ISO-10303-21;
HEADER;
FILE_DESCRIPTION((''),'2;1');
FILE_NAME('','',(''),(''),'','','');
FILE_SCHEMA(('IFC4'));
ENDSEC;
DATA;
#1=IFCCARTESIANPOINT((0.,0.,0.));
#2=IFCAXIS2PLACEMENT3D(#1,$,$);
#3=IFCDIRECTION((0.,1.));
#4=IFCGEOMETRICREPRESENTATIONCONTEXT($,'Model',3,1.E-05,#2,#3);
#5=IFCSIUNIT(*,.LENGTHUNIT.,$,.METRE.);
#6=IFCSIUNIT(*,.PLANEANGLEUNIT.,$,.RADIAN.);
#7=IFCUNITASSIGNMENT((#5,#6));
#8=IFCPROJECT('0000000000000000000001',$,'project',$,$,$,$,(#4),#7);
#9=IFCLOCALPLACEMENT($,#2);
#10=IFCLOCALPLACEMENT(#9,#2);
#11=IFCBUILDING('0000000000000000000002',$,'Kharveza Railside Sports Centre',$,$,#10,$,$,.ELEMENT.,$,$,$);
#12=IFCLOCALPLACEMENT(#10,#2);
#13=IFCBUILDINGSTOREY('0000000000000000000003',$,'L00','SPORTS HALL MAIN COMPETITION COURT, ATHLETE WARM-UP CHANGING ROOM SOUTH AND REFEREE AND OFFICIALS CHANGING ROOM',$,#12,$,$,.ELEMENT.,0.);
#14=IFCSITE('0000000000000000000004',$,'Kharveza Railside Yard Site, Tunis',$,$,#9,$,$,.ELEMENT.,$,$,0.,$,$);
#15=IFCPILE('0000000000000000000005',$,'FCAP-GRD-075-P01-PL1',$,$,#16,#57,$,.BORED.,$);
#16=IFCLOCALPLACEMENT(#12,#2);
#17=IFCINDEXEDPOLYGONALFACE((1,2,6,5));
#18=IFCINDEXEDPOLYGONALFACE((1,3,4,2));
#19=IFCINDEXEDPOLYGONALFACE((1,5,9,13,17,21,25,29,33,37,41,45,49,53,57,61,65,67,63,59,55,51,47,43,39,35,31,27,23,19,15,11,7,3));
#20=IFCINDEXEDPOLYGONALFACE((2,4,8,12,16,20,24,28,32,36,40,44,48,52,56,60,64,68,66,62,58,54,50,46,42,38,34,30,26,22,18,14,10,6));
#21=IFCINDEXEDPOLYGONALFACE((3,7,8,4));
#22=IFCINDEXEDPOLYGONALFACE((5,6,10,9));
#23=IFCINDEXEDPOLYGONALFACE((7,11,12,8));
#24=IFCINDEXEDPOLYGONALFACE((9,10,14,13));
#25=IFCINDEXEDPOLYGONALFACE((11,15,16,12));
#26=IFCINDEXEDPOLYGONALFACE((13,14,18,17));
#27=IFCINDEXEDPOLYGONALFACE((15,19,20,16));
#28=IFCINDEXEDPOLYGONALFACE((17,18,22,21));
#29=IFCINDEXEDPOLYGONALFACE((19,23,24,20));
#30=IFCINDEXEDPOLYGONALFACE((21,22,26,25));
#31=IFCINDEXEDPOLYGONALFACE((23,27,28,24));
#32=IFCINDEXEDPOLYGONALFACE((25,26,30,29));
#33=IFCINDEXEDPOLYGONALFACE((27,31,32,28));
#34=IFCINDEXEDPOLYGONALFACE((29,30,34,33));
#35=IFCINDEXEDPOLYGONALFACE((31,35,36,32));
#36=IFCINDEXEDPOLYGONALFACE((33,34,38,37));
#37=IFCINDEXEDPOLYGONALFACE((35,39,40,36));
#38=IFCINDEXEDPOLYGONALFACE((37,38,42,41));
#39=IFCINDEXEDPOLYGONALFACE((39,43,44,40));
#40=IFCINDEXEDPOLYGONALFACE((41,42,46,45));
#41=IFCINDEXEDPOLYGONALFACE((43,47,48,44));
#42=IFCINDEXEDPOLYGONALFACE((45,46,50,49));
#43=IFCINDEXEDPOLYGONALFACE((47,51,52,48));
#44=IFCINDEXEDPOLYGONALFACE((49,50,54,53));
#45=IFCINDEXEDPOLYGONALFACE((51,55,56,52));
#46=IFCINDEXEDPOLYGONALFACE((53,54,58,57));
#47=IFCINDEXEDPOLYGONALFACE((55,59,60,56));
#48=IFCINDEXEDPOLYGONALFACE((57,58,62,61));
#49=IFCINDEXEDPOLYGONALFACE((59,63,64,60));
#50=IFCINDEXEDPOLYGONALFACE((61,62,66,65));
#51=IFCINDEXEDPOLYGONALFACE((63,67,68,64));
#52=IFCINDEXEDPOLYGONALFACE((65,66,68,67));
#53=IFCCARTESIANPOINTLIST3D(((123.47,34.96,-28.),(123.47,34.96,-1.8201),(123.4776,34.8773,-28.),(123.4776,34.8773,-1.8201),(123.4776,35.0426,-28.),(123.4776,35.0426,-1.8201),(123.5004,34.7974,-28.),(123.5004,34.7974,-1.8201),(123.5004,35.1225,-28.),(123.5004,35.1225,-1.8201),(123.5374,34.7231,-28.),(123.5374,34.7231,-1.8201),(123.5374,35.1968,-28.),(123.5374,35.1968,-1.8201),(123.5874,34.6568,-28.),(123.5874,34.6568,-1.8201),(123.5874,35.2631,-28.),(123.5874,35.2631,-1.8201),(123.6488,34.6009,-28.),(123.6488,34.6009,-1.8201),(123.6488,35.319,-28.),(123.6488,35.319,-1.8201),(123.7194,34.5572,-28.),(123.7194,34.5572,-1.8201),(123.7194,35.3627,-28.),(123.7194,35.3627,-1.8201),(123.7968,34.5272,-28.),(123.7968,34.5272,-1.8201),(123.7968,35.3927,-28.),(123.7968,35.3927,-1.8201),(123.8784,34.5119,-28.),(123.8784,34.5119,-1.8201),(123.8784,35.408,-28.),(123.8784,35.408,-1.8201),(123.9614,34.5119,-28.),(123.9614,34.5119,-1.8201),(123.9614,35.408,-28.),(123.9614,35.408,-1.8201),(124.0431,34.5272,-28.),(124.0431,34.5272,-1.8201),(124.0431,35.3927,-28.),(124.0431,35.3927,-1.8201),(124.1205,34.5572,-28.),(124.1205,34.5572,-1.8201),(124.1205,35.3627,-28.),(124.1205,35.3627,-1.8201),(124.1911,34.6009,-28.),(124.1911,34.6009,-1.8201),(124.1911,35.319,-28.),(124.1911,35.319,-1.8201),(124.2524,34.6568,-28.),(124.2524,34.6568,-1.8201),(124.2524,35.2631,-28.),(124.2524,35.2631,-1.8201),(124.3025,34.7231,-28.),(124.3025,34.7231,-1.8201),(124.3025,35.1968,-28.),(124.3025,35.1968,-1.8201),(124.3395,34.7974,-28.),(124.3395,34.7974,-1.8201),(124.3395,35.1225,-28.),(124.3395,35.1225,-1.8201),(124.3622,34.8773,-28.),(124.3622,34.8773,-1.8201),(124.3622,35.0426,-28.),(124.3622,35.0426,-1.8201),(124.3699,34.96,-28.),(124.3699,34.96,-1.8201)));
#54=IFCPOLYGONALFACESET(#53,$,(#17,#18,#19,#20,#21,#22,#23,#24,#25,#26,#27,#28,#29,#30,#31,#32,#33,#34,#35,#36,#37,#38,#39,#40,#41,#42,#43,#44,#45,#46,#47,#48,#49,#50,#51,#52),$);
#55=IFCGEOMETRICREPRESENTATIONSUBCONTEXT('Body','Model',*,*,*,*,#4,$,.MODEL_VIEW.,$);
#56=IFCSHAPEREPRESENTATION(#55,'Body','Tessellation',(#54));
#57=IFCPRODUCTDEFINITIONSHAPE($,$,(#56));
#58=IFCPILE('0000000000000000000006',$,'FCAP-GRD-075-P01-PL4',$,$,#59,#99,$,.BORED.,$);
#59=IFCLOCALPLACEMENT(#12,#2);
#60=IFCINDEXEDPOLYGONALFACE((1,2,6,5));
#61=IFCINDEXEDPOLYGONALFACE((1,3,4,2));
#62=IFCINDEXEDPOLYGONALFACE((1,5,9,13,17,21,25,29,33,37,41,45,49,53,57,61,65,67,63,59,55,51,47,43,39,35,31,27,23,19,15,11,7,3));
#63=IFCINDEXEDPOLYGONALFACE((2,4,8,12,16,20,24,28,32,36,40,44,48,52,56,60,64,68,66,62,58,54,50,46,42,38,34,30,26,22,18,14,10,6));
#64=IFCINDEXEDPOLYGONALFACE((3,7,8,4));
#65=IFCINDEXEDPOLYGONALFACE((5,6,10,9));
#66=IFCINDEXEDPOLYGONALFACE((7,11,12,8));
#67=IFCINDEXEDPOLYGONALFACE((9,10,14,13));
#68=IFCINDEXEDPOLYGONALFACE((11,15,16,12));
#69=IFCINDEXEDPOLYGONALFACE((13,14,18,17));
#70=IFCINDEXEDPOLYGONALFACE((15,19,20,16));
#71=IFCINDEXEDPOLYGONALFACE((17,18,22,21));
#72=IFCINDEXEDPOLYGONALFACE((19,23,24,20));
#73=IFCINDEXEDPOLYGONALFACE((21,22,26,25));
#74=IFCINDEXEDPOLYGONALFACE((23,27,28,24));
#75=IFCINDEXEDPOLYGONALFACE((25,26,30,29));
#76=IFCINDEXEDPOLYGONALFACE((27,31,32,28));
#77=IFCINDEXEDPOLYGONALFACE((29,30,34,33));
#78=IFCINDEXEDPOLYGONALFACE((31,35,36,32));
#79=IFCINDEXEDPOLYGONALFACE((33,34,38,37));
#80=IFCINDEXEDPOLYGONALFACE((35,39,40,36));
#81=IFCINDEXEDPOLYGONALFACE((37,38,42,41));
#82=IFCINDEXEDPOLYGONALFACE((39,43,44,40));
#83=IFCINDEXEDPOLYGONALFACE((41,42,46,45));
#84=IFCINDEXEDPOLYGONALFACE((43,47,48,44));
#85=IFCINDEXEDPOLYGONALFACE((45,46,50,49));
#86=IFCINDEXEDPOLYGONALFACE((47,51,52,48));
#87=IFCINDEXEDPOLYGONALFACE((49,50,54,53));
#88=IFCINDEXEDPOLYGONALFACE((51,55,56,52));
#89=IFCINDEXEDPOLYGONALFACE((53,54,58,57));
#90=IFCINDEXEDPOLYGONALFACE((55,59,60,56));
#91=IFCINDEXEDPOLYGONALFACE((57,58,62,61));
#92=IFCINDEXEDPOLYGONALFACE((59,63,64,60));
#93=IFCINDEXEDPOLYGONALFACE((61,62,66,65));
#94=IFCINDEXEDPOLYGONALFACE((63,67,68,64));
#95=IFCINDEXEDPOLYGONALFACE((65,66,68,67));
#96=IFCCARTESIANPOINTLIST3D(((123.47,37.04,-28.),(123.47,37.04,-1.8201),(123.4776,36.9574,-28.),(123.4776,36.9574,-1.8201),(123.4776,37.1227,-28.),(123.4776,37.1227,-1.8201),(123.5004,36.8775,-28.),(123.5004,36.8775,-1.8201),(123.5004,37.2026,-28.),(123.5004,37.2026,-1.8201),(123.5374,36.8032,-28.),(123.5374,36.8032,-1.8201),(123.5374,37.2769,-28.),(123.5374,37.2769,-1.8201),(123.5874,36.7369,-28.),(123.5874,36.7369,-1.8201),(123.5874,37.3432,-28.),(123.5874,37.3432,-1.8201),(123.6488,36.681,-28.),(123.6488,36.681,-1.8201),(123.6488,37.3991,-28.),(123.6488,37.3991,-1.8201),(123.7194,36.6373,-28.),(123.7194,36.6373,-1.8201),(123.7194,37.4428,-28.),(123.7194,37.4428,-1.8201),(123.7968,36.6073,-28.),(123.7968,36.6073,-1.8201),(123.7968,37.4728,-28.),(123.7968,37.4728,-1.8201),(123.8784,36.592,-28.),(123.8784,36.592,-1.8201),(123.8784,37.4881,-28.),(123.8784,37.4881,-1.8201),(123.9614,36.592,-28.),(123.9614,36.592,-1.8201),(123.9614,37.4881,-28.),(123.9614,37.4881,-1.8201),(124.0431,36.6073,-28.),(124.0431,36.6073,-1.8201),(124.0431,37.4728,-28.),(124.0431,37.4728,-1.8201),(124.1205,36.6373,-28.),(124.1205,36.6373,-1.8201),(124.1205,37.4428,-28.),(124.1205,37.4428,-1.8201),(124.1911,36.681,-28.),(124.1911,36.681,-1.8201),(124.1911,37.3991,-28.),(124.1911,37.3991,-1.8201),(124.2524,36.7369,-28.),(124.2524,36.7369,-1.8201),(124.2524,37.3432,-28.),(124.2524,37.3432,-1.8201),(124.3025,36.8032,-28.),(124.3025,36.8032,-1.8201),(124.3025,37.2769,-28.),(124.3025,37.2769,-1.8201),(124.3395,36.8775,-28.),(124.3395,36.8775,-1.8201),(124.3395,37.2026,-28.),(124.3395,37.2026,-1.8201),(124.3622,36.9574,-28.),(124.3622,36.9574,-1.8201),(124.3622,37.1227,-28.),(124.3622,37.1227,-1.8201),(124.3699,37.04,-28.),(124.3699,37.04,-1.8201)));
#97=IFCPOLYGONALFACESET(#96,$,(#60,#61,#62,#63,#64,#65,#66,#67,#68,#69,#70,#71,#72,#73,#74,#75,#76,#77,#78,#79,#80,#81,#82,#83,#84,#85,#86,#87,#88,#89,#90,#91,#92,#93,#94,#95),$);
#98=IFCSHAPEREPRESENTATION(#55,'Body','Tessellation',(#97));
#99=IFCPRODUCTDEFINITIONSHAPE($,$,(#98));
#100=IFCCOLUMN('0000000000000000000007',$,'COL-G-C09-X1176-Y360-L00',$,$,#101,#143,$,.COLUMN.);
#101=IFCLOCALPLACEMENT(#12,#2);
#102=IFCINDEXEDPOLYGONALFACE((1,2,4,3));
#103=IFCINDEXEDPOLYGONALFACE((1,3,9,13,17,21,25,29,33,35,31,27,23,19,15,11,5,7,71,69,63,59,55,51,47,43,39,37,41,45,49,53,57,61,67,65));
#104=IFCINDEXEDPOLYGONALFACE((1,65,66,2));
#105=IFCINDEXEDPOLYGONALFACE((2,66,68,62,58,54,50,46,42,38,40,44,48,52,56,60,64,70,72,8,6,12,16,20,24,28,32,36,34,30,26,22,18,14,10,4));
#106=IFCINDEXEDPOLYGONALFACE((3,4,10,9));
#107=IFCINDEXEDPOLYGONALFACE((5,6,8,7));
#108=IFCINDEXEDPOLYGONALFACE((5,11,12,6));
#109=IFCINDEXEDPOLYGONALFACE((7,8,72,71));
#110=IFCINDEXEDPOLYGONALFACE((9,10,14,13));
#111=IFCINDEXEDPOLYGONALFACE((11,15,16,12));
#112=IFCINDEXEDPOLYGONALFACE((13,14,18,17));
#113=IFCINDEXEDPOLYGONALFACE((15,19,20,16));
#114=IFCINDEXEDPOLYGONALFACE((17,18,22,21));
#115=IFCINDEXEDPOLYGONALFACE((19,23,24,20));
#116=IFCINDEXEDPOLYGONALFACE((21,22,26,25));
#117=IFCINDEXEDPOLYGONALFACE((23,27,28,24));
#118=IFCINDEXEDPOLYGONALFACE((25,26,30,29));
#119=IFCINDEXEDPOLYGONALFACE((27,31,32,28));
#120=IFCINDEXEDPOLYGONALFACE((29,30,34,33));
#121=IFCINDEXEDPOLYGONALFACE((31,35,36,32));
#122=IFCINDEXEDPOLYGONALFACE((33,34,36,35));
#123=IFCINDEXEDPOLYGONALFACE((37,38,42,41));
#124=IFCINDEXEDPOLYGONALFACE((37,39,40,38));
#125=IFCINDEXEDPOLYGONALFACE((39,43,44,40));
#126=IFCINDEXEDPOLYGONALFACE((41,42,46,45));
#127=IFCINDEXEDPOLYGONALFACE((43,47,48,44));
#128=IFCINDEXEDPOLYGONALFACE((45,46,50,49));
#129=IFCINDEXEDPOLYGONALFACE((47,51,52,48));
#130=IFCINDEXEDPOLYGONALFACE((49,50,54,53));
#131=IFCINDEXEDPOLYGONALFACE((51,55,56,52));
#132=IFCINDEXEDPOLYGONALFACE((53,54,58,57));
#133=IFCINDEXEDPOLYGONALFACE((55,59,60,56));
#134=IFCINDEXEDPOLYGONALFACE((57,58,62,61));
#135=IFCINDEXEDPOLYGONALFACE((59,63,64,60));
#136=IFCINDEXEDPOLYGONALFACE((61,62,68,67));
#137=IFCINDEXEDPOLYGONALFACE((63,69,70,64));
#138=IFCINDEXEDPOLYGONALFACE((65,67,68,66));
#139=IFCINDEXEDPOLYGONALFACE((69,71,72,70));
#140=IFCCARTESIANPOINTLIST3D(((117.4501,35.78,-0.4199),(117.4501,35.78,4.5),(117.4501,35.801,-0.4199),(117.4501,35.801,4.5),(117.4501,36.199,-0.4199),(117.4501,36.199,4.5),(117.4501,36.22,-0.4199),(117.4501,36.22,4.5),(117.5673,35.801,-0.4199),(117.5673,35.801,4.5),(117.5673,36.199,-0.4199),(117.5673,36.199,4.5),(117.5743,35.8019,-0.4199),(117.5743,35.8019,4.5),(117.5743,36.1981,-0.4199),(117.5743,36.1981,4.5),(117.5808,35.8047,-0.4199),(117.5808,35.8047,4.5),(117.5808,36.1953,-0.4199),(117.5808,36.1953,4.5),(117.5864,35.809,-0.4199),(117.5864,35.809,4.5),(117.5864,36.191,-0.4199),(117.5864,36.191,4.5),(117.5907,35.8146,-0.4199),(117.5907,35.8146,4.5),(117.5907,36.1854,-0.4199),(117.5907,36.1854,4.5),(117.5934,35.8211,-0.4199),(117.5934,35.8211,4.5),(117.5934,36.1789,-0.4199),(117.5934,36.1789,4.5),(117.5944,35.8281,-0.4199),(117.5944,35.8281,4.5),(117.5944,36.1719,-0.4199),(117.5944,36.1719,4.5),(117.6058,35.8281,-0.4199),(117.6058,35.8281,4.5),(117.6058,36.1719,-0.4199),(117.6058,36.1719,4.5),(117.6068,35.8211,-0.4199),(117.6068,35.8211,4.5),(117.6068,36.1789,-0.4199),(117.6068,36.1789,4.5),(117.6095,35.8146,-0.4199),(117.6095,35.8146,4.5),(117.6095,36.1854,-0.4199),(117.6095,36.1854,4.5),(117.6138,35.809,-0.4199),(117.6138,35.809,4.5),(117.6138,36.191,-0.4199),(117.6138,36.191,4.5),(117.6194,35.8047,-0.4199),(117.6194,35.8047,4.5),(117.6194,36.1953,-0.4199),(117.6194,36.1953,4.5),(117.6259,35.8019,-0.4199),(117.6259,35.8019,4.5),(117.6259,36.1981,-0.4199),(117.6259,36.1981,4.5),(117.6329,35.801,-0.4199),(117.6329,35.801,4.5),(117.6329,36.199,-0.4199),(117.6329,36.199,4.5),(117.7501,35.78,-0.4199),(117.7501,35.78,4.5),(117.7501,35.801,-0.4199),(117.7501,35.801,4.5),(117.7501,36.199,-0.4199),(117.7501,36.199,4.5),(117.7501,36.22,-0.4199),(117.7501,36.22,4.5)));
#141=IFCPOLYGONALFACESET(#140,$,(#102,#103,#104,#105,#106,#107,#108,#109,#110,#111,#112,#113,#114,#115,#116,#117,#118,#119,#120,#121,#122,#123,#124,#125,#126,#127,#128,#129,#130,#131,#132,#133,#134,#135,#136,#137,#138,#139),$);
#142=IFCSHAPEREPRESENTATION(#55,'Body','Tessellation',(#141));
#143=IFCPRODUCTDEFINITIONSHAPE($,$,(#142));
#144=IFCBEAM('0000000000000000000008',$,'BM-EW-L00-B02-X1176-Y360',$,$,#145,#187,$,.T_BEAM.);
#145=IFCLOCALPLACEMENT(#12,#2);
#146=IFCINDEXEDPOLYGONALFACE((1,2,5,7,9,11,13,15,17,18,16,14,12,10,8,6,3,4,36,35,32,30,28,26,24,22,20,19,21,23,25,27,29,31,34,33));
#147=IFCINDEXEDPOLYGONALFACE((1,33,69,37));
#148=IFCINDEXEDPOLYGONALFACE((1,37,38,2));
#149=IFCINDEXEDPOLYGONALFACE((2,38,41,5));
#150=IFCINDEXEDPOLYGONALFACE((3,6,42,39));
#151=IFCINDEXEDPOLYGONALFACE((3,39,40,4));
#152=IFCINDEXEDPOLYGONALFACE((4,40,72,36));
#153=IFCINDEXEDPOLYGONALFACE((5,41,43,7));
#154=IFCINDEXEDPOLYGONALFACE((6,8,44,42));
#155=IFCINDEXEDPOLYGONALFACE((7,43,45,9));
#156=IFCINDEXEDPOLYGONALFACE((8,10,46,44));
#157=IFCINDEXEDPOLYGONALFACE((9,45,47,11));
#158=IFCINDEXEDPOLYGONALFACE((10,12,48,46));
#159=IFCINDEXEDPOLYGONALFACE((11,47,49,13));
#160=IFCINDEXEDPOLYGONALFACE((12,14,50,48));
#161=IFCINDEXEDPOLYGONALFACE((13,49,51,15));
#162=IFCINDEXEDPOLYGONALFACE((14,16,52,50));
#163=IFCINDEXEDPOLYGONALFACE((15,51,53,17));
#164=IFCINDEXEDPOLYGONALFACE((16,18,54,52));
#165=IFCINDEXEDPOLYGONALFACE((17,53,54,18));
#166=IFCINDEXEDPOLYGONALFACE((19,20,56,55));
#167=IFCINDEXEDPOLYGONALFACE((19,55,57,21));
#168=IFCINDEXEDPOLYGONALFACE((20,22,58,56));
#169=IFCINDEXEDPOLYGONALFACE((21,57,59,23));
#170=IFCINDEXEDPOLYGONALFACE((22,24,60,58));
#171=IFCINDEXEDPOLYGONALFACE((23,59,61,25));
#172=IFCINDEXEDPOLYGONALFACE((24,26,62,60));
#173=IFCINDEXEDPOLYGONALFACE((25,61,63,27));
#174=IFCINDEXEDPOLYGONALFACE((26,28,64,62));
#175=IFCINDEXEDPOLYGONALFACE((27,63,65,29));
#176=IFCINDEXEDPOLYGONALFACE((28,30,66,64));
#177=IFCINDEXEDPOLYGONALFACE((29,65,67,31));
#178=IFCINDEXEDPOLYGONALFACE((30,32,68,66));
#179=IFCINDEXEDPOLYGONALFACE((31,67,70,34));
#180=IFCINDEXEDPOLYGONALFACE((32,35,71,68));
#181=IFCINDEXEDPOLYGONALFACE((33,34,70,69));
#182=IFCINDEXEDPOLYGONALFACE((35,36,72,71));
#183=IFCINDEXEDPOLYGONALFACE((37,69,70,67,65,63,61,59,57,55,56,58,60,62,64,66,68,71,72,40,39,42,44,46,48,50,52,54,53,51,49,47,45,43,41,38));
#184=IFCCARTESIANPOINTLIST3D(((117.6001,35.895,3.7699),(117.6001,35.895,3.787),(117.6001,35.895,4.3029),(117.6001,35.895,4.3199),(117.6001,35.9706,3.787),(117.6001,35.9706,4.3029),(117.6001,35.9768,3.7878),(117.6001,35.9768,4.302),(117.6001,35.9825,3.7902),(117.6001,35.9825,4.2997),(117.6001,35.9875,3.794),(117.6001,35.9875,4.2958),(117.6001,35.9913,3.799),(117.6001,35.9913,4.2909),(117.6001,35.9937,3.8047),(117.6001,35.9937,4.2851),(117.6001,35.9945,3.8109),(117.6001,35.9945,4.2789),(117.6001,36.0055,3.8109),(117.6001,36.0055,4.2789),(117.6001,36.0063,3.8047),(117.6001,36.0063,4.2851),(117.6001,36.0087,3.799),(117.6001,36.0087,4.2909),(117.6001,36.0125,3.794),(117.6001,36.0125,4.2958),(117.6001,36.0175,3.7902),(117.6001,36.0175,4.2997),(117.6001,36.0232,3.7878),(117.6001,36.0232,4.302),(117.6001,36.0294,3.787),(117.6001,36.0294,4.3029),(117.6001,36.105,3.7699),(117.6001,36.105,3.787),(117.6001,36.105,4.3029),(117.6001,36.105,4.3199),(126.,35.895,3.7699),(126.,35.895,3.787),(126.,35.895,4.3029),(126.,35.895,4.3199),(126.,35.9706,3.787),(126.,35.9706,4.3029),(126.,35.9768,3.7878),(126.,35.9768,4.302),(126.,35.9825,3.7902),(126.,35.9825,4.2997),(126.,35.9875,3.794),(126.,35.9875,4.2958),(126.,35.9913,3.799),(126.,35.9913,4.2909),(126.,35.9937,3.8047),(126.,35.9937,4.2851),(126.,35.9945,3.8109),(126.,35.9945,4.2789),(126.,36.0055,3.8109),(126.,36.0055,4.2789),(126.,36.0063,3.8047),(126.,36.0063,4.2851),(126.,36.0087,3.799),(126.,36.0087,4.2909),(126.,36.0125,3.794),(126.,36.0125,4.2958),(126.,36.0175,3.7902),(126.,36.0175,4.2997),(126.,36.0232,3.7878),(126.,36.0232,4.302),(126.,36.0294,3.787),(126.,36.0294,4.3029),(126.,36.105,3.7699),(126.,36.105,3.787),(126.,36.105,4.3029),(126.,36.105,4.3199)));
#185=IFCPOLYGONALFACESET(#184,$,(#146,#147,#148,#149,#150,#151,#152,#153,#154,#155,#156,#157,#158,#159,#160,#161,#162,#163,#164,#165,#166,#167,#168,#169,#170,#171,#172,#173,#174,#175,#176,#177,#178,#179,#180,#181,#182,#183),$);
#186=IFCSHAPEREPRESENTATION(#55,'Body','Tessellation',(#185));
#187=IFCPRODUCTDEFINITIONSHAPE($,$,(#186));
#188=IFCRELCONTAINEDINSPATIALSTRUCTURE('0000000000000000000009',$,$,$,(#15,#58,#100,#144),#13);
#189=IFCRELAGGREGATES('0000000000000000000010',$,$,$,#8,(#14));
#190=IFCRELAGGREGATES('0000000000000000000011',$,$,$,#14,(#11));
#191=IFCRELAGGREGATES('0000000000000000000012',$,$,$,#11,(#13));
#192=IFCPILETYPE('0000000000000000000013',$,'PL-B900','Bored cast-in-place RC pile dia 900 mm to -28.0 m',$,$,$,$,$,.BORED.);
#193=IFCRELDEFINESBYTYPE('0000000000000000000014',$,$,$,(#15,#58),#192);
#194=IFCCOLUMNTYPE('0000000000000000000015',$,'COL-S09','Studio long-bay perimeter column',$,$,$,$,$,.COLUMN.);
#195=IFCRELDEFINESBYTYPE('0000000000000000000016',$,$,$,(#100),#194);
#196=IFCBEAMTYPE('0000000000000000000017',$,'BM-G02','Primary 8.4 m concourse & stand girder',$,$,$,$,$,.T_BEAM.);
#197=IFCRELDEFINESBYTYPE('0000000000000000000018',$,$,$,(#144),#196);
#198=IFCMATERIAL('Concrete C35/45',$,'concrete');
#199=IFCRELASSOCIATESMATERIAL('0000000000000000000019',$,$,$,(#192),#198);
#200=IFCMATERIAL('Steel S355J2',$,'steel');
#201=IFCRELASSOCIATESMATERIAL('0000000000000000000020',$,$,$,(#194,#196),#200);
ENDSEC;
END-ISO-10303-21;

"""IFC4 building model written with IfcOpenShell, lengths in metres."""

from ifc_helpers import new_model, si_unit, direction, frame, origin, origin_2d, place, context, subcontext, project, spatial, circle, i_section, extrude, material, material_profile, profile_set, type_object, element, save


model = new_model("IFC4")

# Units and contexts
model_context = context("Model", 3, precision=1e-05, world=origin(), true_north=direction((0.0, 1.0)))
body_context = subcontext(model_context, "Body", "Model", "MODEL_VIEW")
ifc_project = project(units=[si_unit("LENGTHUNIT", "METRE"), si_unit("PLANEANGLEUNIT", "RADIAN")], contexts=[model_context])

# Site, building, storey
site_placement = place(None, origin())
site = spatial("IfcSite", under=ifc_project, at=site_placement, Name="Kharveza Railside Yard Site, Tunis", CompositionType="ELEMENT", RefElevation=0.0)
building_placement = place(site_placement, origin())
building = spatial("IfcBuilding", under=site, at=building_placement, Name="Kharveza Railside Sports Centre", CompositionType="ELEMENT")
storey_placement = place(building_placement, origin())
storey = spatial("IfcBuildingStorey", under=building, at=storey_placement, Name="L00", Description="SPORTS HALL MAIN COMPETITION COURT, ATHLETE WARM-UP CHANGING ROOM SOUTH AND REFEREE AND OFFICIALS CHANGING ROOM", CompositionType="ELEMENT", Elevation=0.0)

# Shared definitions
ifc_material_1 = material(Name="Concrete C35/45", Category="concrete")

# Piles
ifc_material_profile_1 = material_profile(ifc_material_1, circle(Radius=0.45, at=origin_2d()), Name="PILE D900")
ifc_profile_set_1 = profile_set([ifc_material_profile_1], Name="Concrete C35/45")
pile_type_1 = type_object("IfcPileType", Name="PL-B900", Description="Bored cast-in-place RC pile dia 900 mm to -28.0 m", PredefinedType="BORED", material=ifc_profile_set_1)
for number, where, z_axis, x_axis, name in (
    (1, (123.9199, 34.96, -1.8201), (0.0, 0.0, -1.0), (1.0, 0.0, 0.0), "FCAP-GRD-075-P01-PL1"),
    (2, (123.9199, 37.04, -1.8201), (0.0, 0.0, -1.0), (1.0, 0.0, 0.0), "FCAP-GRD-075-P01-PL4"),
):
    element("IfcPile", number, at=place(storey_placement, frame(where, z_axis=z_axis, x_axis=x_axis)), inside=storey, type_object=pile_type_1, Name=name, PredefinedType="BORED", context=body_context, shape_type="SweptSolid", body=[
        extrude(circle(Radius=0.45, at=origin_2d()), origin(), (0.0, 0.0, 1.0), 26.1799),
    ])

# Column
ifc_material_2 = material(Name="Steel S355J2", Category="steel")
ifc_material_profile_2 = material_profile(ifc_material_2, i_section(OverallWidth=0.3, OverallDepth=0.4399, WebThickness=0.0115, FlangeThickness=0.021, FilletRadius=0.0271, at=origin_2d()), Name="HEA 450")
ifc_profile_set_2 = profile_set([ifc_material_profile_2], Name="Steel S355J2")
column_type = type_object("IfcColumnType", Name="COL-S09", Description="Studio long-bay perimeter column", PredefinedType="COLUMN", material=ifc_profile_set_2)
column_placement = place(storey_placement, frame((117.6001, 36.0, -0.4199), z_axis=(0.0, 0.0, 1.0), x_axis=(1.0, 0.0, 0.0)))
element("IfcColumn", 3, at=column_placement, inside=storey, type_object=column_type, Name="COL-G-C09-X1176-Y360-L00", PredefinedType="COLUMN", context=body_context, shape_type="SweptSolid", body=[
    extrude(i_section(OverallWidth=0.3, OverallDepth=0.4399, WebThickness=0.0115, FlangeThickness=0.021, FilletRadius=0.0271, at=origin_2d()), origin(), (0.0, 0.0, 1.0), 4.9199),
])

# Beam
ifc_material_profile_3 = material_profile(ifc_material_2, i_section(OverallWidth=0.21, OverallDepth=0.55, WebThickness=0.011, FlangeThickness=0.0171, FilletRadius=0.0239, at=origin_2d()), Name="IPE 550")
ifc_profile_set_3 = profile_set([ifc_material_profile_3], Name="Steel S355J2")
beam_type_1 = type_object("IfcBeamType", Name="BM-G02", Description="Primary 8.4 m concourse & stand girder", PredefinedType="T_BEAM", material=ifc_profile_set_3)
beam_1_placement = place(storey_placement, frame((117.6001, 36.0, 4.0449), z_axis=(1.0, 0.0, 0.0), x_axis=(0.0, 1.0, 0.0)))
element("IfcBeam", 4, at=beam_1_placement, inside=storey, type_object=beam_type_1, Name="BM-EW-L00-B02-X1176-Y360", PredefinedType="T_BEAM", context=body_context, shape_type="SweptSolid", body=[
    extrude(i_section(OverallWidth=0.21, OverallDepth=0.55, WebThickness=0.011, FlangeThickness=0.0171, FilletRadius=0.0239, at=origin_2d()), origin(), (0.0, 0.0, 1.0), 8.3999),
])

save(model, "model.ifc")
